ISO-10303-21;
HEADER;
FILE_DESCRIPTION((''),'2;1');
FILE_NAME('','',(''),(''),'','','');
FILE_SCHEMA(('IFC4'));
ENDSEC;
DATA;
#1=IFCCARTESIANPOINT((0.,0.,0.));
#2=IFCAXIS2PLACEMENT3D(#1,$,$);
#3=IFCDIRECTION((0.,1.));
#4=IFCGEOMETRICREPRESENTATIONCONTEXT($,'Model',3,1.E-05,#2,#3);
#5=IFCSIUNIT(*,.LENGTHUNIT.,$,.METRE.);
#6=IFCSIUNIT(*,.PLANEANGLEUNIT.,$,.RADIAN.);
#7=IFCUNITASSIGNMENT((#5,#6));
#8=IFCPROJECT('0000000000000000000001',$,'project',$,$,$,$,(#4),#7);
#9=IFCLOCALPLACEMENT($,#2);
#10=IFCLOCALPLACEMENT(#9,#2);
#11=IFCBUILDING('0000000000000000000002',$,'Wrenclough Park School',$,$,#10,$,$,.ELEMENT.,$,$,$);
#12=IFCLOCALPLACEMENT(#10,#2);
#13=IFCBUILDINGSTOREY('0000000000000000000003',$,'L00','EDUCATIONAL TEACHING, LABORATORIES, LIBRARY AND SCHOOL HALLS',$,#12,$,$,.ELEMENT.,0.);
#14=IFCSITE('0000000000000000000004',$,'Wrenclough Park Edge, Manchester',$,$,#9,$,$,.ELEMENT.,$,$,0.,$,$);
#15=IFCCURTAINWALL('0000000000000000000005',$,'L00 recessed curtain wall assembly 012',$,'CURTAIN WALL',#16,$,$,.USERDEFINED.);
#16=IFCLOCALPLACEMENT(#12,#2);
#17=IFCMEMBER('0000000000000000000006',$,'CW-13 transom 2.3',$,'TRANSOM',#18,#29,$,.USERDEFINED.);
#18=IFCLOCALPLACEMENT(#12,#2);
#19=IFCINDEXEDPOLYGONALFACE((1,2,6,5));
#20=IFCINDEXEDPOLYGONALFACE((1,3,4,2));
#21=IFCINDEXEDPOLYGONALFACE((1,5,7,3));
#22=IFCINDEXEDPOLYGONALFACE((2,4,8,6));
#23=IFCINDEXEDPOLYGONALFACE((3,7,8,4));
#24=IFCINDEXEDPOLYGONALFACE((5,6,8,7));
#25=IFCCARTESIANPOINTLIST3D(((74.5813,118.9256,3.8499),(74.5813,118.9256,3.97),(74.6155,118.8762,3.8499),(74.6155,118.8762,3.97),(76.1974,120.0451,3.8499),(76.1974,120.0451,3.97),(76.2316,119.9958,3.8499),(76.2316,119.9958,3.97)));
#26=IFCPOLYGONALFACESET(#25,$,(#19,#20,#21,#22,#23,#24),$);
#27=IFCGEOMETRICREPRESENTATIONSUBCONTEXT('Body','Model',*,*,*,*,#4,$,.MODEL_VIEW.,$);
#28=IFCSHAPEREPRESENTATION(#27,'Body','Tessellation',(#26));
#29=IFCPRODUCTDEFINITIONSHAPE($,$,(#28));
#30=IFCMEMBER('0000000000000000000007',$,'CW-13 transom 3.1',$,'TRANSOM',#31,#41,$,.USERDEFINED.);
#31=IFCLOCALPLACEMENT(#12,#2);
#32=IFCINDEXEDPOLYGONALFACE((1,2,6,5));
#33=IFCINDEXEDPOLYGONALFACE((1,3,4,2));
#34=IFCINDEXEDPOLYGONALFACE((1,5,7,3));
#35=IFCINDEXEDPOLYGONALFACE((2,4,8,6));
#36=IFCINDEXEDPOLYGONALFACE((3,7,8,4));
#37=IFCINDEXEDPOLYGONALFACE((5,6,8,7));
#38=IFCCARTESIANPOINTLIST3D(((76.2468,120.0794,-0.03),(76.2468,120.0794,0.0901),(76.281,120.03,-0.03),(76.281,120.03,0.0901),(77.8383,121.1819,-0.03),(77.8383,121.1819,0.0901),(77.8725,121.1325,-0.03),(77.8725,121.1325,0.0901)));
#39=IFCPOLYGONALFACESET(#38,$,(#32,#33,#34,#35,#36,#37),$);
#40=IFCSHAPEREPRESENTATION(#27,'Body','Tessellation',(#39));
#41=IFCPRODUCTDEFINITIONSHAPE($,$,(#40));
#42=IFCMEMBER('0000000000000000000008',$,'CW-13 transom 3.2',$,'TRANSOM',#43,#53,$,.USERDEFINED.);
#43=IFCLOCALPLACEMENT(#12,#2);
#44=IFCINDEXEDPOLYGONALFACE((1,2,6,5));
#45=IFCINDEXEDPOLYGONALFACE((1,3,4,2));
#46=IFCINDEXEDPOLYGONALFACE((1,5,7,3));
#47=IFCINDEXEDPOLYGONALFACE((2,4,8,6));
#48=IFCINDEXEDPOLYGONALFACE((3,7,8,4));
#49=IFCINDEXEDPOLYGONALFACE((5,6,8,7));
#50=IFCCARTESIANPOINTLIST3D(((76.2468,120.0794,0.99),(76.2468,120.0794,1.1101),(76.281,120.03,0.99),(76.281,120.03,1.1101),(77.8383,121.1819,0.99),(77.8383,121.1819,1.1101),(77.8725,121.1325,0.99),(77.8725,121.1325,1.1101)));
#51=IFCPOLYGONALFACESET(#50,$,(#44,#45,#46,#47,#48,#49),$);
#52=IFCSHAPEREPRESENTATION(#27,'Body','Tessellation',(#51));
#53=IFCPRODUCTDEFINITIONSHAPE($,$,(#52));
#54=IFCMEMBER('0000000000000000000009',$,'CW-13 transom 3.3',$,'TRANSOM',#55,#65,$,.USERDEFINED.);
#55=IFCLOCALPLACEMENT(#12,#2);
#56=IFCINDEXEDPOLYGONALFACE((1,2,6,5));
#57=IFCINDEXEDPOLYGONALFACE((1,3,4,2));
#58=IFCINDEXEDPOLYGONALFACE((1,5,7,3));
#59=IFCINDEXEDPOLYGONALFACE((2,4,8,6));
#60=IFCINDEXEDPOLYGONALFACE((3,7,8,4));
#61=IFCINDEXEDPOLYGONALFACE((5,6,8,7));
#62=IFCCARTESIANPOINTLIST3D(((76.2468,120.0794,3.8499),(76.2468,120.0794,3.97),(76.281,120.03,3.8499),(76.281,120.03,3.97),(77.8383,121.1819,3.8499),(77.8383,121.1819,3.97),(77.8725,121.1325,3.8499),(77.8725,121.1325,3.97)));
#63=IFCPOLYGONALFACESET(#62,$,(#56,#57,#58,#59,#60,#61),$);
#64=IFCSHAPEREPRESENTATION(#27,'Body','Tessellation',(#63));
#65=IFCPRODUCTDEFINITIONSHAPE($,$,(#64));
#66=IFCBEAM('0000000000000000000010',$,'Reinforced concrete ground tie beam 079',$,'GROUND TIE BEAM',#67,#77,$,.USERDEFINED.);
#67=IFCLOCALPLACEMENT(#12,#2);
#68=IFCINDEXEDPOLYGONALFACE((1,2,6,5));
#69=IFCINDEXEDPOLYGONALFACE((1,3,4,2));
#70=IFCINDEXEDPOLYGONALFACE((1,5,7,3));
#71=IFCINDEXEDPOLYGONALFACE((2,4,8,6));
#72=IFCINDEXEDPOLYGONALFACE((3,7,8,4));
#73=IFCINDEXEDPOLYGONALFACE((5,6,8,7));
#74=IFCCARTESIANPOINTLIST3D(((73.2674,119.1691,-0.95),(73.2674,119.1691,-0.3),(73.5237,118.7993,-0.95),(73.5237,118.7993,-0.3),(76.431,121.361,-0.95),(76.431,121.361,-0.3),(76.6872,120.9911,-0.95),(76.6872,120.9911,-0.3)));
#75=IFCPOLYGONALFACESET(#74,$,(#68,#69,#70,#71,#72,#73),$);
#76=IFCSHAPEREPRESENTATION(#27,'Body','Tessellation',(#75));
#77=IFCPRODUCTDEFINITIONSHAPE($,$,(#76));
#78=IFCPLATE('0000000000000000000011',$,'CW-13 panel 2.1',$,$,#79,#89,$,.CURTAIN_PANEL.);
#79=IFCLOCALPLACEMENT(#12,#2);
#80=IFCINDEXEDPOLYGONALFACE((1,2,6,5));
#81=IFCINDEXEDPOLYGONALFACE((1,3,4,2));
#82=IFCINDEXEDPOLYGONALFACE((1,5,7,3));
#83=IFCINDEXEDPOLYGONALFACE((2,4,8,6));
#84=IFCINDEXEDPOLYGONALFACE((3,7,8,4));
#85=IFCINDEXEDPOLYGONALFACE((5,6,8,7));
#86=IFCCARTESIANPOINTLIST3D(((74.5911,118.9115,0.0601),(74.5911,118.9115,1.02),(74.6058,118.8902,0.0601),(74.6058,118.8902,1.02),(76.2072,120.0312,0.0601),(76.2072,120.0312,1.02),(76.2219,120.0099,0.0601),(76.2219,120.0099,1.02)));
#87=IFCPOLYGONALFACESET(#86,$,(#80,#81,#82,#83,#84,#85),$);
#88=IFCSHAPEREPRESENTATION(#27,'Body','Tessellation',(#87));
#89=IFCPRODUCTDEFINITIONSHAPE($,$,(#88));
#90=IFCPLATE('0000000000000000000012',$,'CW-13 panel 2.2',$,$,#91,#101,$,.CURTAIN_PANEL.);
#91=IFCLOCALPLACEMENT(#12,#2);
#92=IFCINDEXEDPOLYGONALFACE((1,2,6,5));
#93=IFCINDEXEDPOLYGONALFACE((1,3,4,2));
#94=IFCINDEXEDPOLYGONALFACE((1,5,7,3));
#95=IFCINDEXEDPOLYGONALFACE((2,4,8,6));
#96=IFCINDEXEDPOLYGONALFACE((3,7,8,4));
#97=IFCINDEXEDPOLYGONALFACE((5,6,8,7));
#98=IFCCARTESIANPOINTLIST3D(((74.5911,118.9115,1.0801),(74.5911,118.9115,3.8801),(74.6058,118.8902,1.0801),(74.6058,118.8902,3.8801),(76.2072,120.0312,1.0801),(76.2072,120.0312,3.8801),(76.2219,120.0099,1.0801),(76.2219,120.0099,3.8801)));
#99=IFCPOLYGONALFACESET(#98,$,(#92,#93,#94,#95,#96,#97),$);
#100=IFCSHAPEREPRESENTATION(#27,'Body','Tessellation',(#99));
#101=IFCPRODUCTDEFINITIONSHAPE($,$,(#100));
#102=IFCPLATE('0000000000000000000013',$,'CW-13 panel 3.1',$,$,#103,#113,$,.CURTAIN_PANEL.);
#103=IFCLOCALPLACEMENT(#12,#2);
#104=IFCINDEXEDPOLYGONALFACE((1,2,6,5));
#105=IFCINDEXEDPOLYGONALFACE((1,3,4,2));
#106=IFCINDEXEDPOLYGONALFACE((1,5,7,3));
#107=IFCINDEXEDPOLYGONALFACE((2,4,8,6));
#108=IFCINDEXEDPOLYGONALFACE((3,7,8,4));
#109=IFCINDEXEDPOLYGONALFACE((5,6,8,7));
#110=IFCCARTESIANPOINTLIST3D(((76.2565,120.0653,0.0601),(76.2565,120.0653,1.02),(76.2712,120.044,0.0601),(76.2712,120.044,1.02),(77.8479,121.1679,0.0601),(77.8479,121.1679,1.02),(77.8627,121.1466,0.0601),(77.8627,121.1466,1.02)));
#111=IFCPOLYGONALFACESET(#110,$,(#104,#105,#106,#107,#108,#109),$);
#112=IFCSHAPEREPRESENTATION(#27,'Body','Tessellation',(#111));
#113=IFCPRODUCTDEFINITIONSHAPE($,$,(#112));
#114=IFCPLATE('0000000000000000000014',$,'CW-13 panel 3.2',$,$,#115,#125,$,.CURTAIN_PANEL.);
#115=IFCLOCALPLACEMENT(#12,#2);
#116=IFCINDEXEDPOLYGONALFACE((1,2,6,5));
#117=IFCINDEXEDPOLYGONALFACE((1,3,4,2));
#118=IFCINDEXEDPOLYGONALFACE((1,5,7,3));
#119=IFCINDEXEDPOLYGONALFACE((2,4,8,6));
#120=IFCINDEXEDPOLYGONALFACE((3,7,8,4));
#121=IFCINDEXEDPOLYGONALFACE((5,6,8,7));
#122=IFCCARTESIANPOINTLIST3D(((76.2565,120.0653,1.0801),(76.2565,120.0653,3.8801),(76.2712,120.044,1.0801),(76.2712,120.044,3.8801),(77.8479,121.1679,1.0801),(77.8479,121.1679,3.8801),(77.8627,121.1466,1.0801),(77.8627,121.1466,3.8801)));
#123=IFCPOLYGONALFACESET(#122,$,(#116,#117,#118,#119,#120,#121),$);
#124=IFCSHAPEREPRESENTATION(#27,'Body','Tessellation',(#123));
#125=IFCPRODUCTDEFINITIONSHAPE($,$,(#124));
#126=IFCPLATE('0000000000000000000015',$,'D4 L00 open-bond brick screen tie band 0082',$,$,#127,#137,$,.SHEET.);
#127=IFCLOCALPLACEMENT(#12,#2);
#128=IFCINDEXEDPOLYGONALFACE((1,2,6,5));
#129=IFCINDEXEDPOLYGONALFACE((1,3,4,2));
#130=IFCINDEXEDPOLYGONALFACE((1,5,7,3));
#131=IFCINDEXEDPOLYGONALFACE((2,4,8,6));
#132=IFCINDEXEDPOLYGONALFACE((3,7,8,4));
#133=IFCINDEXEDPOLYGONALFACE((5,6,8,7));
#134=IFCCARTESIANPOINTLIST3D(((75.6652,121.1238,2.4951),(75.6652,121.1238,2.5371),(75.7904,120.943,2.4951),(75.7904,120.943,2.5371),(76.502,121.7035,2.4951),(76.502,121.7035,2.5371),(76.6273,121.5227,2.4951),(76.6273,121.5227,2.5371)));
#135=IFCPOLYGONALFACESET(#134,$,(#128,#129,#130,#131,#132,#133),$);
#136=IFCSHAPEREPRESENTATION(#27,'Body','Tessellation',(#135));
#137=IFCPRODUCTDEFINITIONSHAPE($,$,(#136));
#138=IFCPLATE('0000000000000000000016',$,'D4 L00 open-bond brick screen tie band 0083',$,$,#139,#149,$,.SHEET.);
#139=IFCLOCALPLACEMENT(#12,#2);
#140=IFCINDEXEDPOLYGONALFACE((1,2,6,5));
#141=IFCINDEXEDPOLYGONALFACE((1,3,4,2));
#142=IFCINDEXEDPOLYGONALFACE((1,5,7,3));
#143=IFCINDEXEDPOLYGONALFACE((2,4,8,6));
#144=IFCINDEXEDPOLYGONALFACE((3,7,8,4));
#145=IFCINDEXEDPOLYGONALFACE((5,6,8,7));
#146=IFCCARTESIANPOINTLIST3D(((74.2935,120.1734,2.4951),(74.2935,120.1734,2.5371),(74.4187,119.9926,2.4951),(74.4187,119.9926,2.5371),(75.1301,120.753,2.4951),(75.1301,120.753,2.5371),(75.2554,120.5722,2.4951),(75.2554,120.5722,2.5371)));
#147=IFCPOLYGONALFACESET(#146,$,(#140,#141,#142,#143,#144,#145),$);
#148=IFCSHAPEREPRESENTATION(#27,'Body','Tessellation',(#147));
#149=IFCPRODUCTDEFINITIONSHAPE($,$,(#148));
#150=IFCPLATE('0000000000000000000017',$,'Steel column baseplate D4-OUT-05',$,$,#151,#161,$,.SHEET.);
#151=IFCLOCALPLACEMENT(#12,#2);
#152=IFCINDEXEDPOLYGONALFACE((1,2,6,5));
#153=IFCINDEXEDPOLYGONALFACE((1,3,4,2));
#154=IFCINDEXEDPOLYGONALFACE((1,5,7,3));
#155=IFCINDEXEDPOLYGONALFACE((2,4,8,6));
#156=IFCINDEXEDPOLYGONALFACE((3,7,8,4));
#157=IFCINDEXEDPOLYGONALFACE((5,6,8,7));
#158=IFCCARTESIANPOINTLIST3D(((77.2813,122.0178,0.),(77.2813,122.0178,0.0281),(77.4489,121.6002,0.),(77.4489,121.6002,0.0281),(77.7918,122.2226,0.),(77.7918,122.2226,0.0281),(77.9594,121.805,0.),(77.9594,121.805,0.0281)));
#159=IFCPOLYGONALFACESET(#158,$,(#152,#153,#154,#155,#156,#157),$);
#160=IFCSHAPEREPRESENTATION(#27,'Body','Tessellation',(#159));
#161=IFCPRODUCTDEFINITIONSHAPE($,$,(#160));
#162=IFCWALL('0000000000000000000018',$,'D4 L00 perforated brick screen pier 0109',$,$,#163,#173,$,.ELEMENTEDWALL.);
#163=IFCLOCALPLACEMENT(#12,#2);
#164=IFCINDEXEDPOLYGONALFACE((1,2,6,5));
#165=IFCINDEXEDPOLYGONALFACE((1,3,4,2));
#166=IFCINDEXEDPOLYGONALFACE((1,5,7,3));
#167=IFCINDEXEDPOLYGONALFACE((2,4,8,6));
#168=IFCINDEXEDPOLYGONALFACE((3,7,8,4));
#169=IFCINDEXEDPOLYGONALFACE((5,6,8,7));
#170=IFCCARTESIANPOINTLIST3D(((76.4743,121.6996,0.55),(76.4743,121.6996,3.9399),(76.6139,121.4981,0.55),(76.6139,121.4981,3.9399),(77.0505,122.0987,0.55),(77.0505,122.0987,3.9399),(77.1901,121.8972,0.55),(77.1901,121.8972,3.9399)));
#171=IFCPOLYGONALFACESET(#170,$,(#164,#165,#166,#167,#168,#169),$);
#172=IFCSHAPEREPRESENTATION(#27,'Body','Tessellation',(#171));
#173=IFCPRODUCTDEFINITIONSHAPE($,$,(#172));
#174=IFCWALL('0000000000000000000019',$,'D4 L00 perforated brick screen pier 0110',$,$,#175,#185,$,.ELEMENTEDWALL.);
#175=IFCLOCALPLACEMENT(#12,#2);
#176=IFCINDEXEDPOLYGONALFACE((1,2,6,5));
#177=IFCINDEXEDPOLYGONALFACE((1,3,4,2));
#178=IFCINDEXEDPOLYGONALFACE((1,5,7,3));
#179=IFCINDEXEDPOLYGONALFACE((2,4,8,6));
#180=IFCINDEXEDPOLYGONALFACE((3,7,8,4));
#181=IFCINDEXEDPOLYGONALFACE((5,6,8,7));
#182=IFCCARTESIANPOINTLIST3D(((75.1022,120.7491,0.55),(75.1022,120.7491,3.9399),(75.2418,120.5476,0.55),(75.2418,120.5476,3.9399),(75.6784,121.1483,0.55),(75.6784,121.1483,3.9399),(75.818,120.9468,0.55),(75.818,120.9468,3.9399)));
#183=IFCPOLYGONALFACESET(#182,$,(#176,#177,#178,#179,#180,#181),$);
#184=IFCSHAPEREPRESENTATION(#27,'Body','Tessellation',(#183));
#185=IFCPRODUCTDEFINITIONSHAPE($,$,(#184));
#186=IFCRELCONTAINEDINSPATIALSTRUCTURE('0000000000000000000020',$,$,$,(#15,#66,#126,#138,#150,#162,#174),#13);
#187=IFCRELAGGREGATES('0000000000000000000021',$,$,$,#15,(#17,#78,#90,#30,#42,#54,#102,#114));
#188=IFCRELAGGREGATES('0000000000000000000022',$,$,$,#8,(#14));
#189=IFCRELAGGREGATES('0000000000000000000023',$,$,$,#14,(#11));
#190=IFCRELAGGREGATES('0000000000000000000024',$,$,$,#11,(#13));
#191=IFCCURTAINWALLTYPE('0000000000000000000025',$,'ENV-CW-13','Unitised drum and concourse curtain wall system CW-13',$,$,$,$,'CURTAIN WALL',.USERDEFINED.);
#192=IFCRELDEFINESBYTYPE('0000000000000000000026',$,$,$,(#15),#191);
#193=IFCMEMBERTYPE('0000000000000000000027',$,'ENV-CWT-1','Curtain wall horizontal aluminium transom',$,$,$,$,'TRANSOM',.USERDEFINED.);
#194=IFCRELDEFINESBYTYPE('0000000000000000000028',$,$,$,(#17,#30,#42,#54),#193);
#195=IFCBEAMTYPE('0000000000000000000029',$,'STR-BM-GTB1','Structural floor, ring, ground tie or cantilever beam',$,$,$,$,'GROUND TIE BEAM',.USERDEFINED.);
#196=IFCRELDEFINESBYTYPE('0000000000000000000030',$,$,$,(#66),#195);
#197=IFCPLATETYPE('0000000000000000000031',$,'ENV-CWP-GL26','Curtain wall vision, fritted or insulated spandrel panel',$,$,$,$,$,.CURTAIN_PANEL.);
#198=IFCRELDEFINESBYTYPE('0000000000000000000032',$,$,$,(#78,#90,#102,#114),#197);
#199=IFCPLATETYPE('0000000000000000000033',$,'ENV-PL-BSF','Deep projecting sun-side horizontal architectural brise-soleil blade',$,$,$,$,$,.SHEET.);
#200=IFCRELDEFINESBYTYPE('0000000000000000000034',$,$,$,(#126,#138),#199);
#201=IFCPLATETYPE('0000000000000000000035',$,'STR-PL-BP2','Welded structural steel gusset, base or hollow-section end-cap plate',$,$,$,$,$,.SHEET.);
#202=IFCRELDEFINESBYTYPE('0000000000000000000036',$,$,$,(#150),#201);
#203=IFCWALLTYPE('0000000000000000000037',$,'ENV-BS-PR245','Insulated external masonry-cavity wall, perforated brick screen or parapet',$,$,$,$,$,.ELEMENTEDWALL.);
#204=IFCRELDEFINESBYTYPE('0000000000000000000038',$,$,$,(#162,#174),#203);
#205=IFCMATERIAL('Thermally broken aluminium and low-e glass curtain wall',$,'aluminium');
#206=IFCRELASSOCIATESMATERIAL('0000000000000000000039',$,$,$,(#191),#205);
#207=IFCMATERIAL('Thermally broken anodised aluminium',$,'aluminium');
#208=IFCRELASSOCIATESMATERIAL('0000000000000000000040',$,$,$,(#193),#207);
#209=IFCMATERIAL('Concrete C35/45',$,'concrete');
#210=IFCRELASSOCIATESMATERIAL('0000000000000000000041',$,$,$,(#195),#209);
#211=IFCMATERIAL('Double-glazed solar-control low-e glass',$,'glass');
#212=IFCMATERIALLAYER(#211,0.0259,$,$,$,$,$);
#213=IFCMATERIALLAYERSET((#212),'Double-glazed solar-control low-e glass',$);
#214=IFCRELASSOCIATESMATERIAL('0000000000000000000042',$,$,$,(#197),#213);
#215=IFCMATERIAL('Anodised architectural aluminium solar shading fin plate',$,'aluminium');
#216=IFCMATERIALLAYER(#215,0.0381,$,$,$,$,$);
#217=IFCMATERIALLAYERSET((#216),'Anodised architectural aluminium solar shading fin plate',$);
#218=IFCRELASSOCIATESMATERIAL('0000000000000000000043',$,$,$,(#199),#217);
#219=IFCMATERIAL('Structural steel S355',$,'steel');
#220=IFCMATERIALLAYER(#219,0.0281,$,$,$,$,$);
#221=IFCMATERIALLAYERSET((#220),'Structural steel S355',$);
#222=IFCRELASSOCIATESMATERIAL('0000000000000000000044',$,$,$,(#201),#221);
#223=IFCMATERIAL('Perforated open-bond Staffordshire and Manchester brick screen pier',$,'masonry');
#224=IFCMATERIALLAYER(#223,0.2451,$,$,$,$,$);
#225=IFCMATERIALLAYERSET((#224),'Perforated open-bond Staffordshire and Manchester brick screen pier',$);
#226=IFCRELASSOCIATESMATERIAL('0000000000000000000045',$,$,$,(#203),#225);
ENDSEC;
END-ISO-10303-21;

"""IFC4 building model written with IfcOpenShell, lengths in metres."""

from ifc_helpers import new_model, si_unit, direction, frame, frame_2d, origin, origin_2d, place, context, subcontext, project, spatial, rectangle, extrude, material, layer, layer_set, material_profile, profile_set, type_object, element, aggregate, save


model = new_model("IFC4")

# Units and contexts
model_context = context("Model", 3, precision=1e-05, world=origin(), true_north=direction((0.0, 1.0)))
body_context = subcontext(model_context, "Body", "Model", "MODEL_VIEW")
ifc_project = project(units=[si_unit("LENGTHUNIT", "METRE"), si_unit("PLANEANGLEUNIT", "RADIAN")], contexts=[model_context])

# Site, building, storey
site_placement = place(None, origin())
site = spatial("IfcSite", under=ifc_project, at=site_placement, Name="Wrenclough Park Edge, Manchester", CompositionType="ELEMENT", RefElevation=0.0)
building_placement = place(site_placement, origin())
building = spatial("IfcBuilding", under=site, at=building_placement, Name="Wrenclough Park School", CompositionType="ELEMENT")
storey_placement = place(building_placement, origin())
storey = spatial("IfcBuildingStorey", under=building, at=storey_placement, Name="L00", Description="EDUCATIONAL TEACHING, LABORATORIES, LIBRARY AND SCHOOL HALLS", CompositionType="ELEMENT", Elevation=0.0)

# Shared definitions
ifc_material_1 = material(Name="Concrete C35/45", Category="concrete")

# Shared definitions
ifc_material_2 = material(Name="Structural steel S355", Category="steel")

# Curtain wall, members
ifc_material_3 = material(Name="Thermally broken aluminium and low-e glass curtain wall", Category="aluminium")
curtain_wall_type = type_object("IfcCurtainWallType", Name="ENV-CW-13", Description="Unitised drum and concourse curtain wall system CW-13", ElementType="CURTAIN WALL", PredefinedType="USERDEFINED", material=ifc_material_3)
curtain_wall_placement = place(storey_placement, origin())
curtain_wall = element("IfcCurtainWall", 1, at=curtain_wall_placement, inside=storey, type_object=curtain_wall_type, Name="L00 recessed curtain wall assembly 012", ObjectType="CURTAIN WALL", PredefinedType="USERDEFINED")
ifc_material_4 = material(Name="Thermally broken anodised aluminium", Category="aluminium")
ifc_material_profile_1 = material_profile(ifc_material_4, rectangle(XDim=0.0601, YDim=0.1201, at=origin_2d()), Name="AL TRANSOM 60x120")
ifc_profile_set_1 = profile_set([ifc_material_profile_1], Name="Thermally broken anodised aluminium")
member_type_1 = type_object("IfcMemberType", Name="ENV-CWT-1", Description="Curtain wall horizontal aluminium transom", ElementType="TRANSOM", PredefinedType="USERDEFINED", material=ifc_profile_set_1)
member_1_placement = place(storey_placement, frame((74.5984, 118.9009, 3.9099), z_axis=(0.822022, 0.569455, 0.0), x_axis=(-0.569455, 0.822022, 0.0)))
member_1 = element("IfcMember", 2, at=member_1_placement, type_object=member_type_1, Name="CW-13 transom 2.3", ObjectType="TRANSOM", PredefinedType="USERDEFINED", context=body_context, shape_type="SweptSolid", body=[
    extrude(rectangle(XDim=0.0601, YDim=0.1201, at=origin_2d()), origin(), (0.0, 0.0, 1.0), 1.9661),
])
member_2_placement = place(storey_placement, frame((76.2639, 120.0547, 0.03), z_axis=(0.822024, 0.569453, 0.0), x_axis=(-0.569453, 0.822024, 0.0)))
member_2 = element("IfcMember", 3, at=member_2_placement, type_object=member_type_1, Name="CW-13 transom 3.1", ObjectType="TRANSOM", PredefinedType="USERDEFINED", context=body_context, shape_type="SweptSolid", body=[
    extrude(rectangle(XDim=0.0601, YDim=0.1201, at=origin_2d()), origin(), (0.0, 0.0, 1.0), 1.936),
])
member_3_placement = place(storey_placement, frame((76.2639, 120.0547, 1.05), z_axis=(0.822024, 0.569453, 0.0), x_axis=(-0.569453, 0.822024, 0.0)))
member_3 = element("IfcMember", 4, at=member_3_placement, type_object=member_type_1, Name="CW-13 transom 3.2", ObjectType="TRANSOM", PredefinedType="USERDEFINED", context=body_context, shape_type="SweptSolid", body=[
    extrude(rectangle(XDim=0.0601, YDim=0.1201, at=origin_2d()), origin(), (0.0, 0.0, 1.0), 1.936),
])
member_4_placement = place(storey_placement, frame((76.2639, 120.0547, 3.9099), z_axis=(0.822024, 0.569453, 0.0), x_axis=(-0.569453, 0.822024, 0.0)))
member_4 = element("IfcMember", 5, at=member_4_placement, type_object=member_type_1, Name="CW-13 transom 3.3", ObjectType="TRANSOM", PredefinedType="USERDEFINED", context=body_context, shape_type="SweptSolid", body=[
    extrude(rectangle(XDim=0.0601, YDim=0.1201, at=origin_2d()), origin(), (0.0, 0.0, 1.0), 1.936),
])

# Beam
ifc_material_profile_2 = material_profile(ifc_material_1, rectangle(XDim=0.45, YDim=0.6499, at=origin_2d()), Name="RC GROUND 450x650")
ifc_profile_set_2 = profile_set([ifc_material_profile_2], Name="Concrete C35/45")
beam_type = type_object("IfcBeamType", Name="STR-BM-GTB1", Description="Structural floor, ring, ground tie or cantilever beam", ElementType="GROUND TIE BEAM", PredefinedType="USERDEFINED", material=ifc_profile_set_2)
beam_placement = place(storey_placement, frame((76.5591, 121.176, -0.625), z_axis=(-0.821982, -0.569513, 0.0), x_axis=(0.569513, -0.821982, 0.0)))
element("IfcBeam", 6, at=beam_placement, inside=storey, type_object=beam_type, Name="Reinforced concrete ground tie beam 079", ObjectType="GROUND TIE BEAM", PredefinedType="USERDEFINED", context=body_context, shape_type="SweptSolid", body=[
    extrude(rectangle(XDim=0.45, YDim=0.6499, at=origin_2d()), origin(), (0.0, 0.0, 1.0), 3.8486),
])

# Plates
ifc_material_5 = material(Name="Double-glazed solar-control low-e glass", Category="glass")
ifc_layer_1 = layer(ifc_material_5, 0.0259)
ifc_layer_set_1 = layer_set([ifc_layer_1], Name="Double-glazed solar-control low-e glass")
plate_type_1 = type_object("IfcPlateType", Name="ENV-CWP-GL26", Description="Curtain wall vision, fritted or insulated spandrel panel", PredefinedType="CURTAIN_PANEL", material=ifc_layer_set_1)
plate_1_placement = place(storey_placement, frame((75.4065, 119.4607, 0.0601), z_axis=(0.0, 0.0, 1.0), x_axis=(0.822001, 0.569486, 0.0)))
plate_1 = element("IfcPlate", 7, at=plate_1_placement, type_object=plate_type_1, Name="CW-13 panel 2.1", PredefinedType="CURTAIN_PANEL", context=body_context, shape_type="SweptSolid", body=[
    extrude(rectangle(XDim=1.9661, YDim=0.0259, at=origin_2d()), origin(), (0.0, 0.0, 1.0), 0.96),
])
plate_2_placement = place(storey_placement, frame((75.4065, 119.4607, 1.0801), z_axis=(0.0, 0.0, 1.0), x_axis=(0.822001, 0.569486, 0.0)))
plate_2 = element("IfcPlate", 8, at=plate_2_placement, type_object=plate_type_1, Name="CW-13 panel 2.2", PredefinedType="CURTAIN_PANEL", context=body_context, shape_type="SweptSolid", body=[
    extrude(rectangle(XDim=1.9661, YDim=0.0259, at=origin_2d()), origin(), (0.0, 0.0, 1.0), 2.8),
])
plate_3_placement = place(storey_placement, frame((77.0596, 120.606, 0.0601), z_axis=(0.0, 0.0, 1.0), x_axis=(0.822001, 0.569486, 0.0)))
plate_3 = element("IfcPlate", 9, at=plate_3_placement, type_object=plate_type_1, Name="CW-13 panel 3.1", PredefinedType="CURTAIN_PANEL", context=body_context, shape_type="SweptSolid", body=[
    extrude(rectangle(XDim=1.936, YDim=0.0259, at=origin_2d()), origin(), (0.0, 0.0, 1.0), 0.96),
])
plate_4_placement = place(storey_placement, frame((77.0596, 120.606, 1.0801), z_axis=(0.0, 0.0, 1.0), x_axis=(0.822001, 0.569486, 0.0)))
plate_4 = element("IfcPlate", 10, at=plate_4_placement, type_object=plate_type_1, Name="CW-13 panel 3.2", PredefinedType="CURTAIN_PANEL", context=body_context, shape_type="SweptSolid", body=[
    extrude(rectangle(XDim=1.936, YDim=0.0259, at=origin_2d()), origin(), (0.0, 0.0, 1.0), 2.8),
])
aggregate(curtain_wall, [member_1, plate_1, plate_2, member_2, member_3, member_4, plate_3, plate_4])

# Plates
ifc_material_6 = material(Name="Anodised architectural aluminium solar shading fin plate", Category="aluminium")
ifc_layer_2 = layer(ifc_material_6, 0.0381)
ifc_layer_set_2 = layer_set([ifc_layer_2], Name="Anodised architectural aluminium solar shading fin plate")
plate_type_2 = type_object("IfcPlateType", Name="ENV-PL-BSF", Description="Deep projecting sun-side horizontal architectural brise-soleil blade", PredefinedType="SHEET", material=ifc_layer_set_2)
plate_5_placement = place(storey_placement, frame((76.1462, 121.3232, 2.4951), z_axis=(0.0, 0.0, 1.0), x_axis=(-0.822008, -0.569476, 0.0)))
element("IfcPlate", 11, at=plate_5_placement, inside=storey, type_object=plate_type_2, Name="D4 L00 open-bond brick screen tie band 0082", PredefinedType="SHEET", context=body_context, shape_type="SweptSolid", body=[
    extrude(rectangle(XDim=1.0181, YDim=0.22, at=origin_2d()), origin(), (0.0, 0.0, 1.0), 0.042),
])
plate_6_placement = place(storey_placement, frame((74.7744, 120.3728, 2.4951), z_axis=(0.0, 0.0, 1.0), x_axis=(-0.822008, -0.569476, 0.0)))
element("IfcPlate", 12, at=plate_6_placement, inside=storey, type_object=plate_type_2, Name="D4 L00 open-bond brick screen tie band 0083", PredefinedType="SHEET", context=body_context, shape_type="SweptSolid", body=[
    extrude(rectangle(XDim=1.0178, YDim=0.22, at=origin_2d()), origin(), (0.0, 0.0, 1.0), 0.042),
])
ifc_layer_3 = layer(ifc_material_2, 0.0281)
ifc_layer_set_3 = layer_set([ifc_layer_3], Name="Structural steel S355")
plate_type_3 = type_object("IfcPlateType", Name="STR-PL-BP2", Description="Welded structural steel gusset, base or hollow-section end-cap plate", PredefinedType="SHEET", material=ifc_layer_set_3)
plate_7_placement = place(storey_placement, frame((77.6204, 121.9114, 0.0), z_axis=(0.0, 0.0, 1.0), x_axis=(-0.928096, -0.37234, 0.0)))
element("IfcPlate", 13, at=plate_7_placement, inside=storey, type_object=plate_type_3, Name="Steel column baseplate D4-OUT-05", PredefinedType="SHEET", context=body_context, shape_type="SweptSolid", body=[
    extrude(rectangle(XDim=0.55, YDim=0.45, at=origin_2d()), origin(), (0.0, 0.0, 1.0), 0.0281),
])

# Walls
ifc_material_7 = material(Name="Perforated open-bond Staffordshire and Manchester brick screen pier", Category="masonry")
ifc_layer_4 = layer(ifc_material_7, 0.2451)
ifc_layer_set_4 = layer_set([ifc_layer_4], Name="Perforated open-bond Staffordshire and Manchester brick screen pier")
wall_type_1 = type_object("IfcWallType", Name="ENV-BS-PR245", Description="Insulated external masonry-cavity wall, perforated brick screen or parapet", PredefinedType="ELEMENTEDWALL", material=ifc_layer_set_4)
for number, where, z_axis, x_axis, name in (
    (14, (77.1204, 121.998, 0.55), (0.0, 0.0, 1.0), (-0.822004, -0.569482, 0.0), "D4 L00 perforated brick screen pier 0109"),
    (15, (75.7483, 121.0476, 0.55), (0.0, 0.0, 1.0), (-0.822004, -0.569482, 0.0), "D4 L00 perforated brick screen pier 0110"),
):
    element("IfcWall", number, at=place(storey_placement, frame(where, z_axis=z_axis, x_axis=x_axis)), inside=storey, type_object=wall_type_1, Name=name, PredefinedType="ELEMENTEDWALL", context=body_context, shape_type="SweptSolid", body=[
        extrude(rectangle(XDim=0.7009, YDim=0.2451, at=frame_2d((0.3506, 0.0))), origin(), (0.0, 0.0, 1.0), 3.3899),
    ])

save(model, "model.ifc")
